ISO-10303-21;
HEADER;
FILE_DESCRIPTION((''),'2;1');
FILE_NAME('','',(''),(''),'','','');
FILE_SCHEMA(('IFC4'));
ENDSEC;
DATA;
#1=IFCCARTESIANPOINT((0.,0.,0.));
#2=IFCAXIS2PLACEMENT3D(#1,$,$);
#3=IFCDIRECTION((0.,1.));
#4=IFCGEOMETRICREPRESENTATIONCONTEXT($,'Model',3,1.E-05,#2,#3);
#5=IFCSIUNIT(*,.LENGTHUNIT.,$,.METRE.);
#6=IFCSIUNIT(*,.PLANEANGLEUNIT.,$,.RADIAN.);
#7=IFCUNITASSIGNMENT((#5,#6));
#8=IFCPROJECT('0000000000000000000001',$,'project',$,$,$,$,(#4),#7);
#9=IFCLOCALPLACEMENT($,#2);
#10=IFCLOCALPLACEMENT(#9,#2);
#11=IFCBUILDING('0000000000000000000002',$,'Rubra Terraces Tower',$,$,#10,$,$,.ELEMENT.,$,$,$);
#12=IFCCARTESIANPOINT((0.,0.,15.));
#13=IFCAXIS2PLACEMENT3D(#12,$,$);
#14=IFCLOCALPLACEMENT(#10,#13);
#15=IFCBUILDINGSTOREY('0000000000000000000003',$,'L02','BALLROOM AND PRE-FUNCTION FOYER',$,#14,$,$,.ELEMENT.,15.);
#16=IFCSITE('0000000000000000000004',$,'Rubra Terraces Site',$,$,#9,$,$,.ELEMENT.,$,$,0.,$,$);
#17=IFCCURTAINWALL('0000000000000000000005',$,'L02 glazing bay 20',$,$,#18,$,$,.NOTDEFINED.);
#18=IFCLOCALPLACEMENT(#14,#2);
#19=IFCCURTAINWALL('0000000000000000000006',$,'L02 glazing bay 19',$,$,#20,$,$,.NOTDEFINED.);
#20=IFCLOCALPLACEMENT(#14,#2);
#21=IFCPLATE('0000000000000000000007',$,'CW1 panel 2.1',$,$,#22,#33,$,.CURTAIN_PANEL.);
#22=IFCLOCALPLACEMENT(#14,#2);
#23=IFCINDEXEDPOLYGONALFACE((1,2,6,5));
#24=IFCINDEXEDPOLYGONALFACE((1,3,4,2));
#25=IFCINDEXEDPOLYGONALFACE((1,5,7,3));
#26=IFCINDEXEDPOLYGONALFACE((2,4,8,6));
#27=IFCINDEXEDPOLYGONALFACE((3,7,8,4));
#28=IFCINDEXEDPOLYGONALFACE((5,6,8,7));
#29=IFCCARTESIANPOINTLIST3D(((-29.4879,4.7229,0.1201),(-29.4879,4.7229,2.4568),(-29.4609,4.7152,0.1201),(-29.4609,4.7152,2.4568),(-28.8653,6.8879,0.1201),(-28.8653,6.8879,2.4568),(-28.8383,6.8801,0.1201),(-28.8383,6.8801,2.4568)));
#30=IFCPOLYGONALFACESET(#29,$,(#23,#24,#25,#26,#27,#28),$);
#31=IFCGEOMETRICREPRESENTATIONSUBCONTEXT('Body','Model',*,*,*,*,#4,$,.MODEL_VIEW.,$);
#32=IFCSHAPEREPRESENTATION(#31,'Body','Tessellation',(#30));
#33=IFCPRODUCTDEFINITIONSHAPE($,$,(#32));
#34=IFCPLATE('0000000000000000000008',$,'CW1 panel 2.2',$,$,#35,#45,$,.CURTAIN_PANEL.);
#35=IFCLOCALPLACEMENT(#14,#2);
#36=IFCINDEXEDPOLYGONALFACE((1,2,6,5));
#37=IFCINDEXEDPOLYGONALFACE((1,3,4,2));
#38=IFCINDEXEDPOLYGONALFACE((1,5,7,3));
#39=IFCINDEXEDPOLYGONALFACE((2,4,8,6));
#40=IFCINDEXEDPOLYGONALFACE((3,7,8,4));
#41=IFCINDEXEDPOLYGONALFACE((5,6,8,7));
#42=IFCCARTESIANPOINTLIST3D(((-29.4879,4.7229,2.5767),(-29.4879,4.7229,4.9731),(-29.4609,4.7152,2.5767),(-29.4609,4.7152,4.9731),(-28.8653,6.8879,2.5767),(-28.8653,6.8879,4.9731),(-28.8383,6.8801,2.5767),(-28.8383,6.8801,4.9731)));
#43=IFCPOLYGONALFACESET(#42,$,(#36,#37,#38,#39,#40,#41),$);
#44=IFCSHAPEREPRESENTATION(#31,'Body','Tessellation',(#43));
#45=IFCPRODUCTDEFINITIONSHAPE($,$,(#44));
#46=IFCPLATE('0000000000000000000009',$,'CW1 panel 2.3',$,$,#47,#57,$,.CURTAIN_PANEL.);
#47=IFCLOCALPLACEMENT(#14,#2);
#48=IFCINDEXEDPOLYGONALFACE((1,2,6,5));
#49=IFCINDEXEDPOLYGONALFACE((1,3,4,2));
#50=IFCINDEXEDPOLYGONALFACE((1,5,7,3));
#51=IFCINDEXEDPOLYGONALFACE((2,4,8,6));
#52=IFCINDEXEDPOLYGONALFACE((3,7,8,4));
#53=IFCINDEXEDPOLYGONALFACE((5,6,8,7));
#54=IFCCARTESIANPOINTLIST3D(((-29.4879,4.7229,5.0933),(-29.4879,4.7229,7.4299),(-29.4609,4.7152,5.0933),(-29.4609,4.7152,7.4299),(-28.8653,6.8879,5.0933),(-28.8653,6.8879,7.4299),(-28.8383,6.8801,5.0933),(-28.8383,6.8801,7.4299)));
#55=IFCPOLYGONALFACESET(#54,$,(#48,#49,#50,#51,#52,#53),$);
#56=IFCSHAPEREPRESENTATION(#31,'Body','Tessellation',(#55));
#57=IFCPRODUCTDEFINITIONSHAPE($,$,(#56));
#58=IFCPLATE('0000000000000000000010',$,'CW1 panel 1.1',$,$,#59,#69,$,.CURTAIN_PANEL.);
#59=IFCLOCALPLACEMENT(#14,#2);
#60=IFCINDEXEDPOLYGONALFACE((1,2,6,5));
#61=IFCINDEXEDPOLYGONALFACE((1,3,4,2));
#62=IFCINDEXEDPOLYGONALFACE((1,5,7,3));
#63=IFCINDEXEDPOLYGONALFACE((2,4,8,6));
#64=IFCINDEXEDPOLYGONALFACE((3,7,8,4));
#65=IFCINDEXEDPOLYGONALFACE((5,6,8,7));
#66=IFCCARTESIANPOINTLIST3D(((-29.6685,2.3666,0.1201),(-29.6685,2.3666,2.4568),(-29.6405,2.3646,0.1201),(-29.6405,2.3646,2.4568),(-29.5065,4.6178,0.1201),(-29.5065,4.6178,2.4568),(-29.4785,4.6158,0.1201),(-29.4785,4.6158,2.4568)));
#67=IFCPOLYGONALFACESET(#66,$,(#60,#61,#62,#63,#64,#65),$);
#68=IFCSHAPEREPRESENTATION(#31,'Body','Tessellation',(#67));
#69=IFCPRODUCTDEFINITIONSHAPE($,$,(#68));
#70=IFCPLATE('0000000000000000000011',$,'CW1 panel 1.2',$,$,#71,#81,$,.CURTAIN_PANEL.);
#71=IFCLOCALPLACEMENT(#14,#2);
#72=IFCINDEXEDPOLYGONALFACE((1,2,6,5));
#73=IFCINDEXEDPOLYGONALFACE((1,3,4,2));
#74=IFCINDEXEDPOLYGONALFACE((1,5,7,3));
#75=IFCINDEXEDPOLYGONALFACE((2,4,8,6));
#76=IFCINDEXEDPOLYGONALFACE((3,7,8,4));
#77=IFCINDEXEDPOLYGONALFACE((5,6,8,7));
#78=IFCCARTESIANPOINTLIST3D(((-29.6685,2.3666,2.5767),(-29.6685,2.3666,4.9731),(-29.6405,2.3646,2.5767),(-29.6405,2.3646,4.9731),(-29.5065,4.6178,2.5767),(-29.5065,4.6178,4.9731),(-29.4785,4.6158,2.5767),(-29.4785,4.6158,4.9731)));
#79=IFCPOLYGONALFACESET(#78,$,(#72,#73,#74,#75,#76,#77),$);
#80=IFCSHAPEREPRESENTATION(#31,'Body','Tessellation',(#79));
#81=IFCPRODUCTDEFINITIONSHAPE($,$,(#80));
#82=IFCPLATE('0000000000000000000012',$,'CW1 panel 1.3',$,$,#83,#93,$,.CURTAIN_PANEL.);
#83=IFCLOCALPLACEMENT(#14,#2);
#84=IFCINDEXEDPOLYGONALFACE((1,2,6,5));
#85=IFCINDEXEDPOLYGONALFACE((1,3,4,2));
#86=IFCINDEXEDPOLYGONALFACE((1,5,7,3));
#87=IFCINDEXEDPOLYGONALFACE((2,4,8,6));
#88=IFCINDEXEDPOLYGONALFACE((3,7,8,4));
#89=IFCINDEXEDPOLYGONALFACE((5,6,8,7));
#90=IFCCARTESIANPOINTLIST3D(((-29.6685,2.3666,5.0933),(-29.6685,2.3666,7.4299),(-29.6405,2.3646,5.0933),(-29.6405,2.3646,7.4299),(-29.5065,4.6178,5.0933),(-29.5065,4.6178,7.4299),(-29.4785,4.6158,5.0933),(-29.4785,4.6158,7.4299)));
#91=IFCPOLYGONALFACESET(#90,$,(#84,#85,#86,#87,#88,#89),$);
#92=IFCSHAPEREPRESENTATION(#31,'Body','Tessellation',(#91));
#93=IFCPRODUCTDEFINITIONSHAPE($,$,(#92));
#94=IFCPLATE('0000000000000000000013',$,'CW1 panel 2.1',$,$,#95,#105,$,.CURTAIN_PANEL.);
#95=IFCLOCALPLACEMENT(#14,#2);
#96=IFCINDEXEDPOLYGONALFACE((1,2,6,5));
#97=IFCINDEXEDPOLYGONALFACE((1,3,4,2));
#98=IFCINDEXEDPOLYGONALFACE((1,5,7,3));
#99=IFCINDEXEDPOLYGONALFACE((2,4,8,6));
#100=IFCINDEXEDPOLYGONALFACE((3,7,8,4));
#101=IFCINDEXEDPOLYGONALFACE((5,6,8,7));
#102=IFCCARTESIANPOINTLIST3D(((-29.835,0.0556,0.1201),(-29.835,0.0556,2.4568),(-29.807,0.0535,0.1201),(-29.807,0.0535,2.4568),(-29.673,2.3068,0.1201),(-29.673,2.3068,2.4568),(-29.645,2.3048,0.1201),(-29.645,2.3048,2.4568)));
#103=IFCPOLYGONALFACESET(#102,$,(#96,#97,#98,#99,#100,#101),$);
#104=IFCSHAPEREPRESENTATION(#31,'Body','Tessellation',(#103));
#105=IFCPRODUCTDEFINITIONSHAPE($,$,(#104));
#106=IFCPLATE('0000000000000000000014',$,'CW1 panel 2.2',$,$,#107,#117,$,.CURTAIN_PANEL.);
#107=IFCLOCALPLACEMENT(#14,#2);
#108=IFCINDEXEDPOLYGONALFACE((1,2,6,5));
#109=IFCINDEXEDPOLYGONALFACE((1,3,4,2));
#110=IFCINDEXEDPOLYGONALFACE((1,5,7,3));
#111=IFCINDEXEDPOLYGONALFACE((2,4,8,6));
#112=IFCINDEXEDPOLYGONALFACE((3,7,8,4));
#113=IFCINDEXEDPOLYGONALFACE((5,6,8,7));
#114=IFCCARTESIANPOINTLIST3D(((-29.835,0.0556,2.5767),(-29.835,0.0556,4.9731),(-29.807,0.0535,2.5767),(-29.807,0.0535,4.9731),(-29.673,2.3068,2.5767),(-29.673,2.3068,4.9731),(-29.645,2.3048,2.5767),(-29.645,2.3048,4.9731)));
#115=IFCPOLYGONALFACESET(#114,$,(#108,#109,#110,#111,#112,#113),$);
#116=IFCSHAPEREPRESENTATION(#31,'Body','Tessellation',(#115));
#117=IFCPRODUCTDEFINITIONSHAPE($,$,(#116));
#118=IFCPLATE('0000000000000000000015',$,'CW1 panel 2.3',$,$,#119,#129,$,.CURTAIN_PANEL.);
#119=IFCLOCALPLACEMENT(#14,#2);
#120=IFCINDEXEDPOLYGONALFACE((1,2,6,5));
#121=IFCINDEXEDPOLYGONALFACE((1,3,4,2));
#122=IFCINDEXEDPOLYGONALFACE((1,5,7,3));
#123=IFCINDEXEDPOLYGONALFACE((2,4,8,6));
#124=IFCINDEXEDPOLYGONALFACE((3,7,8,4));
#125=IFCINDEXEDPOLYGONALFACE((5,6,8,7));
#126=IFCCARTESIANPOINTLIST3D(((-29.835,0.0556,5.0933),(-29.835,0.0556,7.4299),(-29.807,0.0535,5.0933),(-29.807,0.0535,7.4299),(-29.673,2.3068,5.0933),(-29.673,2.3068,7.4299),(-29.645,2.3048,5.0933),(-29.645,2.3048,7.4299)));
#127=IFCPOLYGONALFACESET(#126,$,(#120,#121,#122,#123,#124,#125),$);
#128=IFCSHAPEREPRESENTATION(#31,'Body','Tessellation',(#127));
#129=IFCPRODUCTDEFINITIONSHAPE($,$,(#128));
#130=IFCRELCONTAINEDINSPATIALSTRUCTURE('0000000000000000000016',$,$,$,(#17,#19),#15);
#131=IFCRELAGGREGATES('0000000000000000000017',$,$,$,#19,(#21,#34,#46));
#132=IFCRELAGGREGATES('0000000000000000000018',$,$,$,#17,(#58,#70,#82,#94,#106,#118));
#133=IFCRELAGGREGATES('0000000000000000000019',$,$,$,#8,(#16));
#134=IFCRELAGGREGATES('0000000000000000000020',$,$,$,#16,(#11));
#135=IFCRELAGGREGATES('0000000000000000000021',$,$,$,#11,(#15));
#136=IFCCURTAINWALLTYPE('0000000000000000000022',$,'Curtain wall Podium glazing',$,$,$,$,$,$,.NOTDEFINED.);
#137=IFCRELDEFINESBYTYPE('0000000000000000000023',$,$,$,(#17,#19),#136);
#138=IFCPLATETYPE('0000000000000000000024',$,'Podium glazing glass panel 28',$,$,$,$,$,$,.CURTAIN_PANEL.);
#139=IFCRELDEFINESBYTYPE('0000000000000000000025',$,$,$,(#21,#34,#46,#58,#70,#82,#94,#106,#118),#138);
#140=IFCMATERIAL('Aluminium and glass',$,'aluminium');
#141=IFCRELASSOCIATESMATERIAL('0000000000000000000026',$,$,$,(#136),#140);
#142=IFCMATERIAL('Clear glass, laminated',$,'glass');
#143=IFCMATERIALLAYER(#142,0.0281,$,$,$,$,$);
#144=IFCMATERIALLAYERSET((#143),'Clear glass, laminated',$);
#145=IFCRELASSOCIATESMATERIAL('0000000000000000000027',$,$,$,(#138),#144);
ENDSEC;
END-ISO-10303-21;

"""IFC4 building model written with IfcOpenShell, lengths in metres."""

from ifc_helpers import new_model, si_unit, direction, frame, origin, origin_2d, place, context, subcontext, project, spatial, rectangle, extrude, material, layer, layer_set, type_object, element, aggregate, save


model = new_model("IFC4")

# Units and contexts
model_context = context("Model", 3, precision=1e-05, world=origin(), true_north=direction((0.0, 1.0)))
body_context = subcontext(model_context, "Body", "Model", "MODEL_VIEW")
ifc_project = project(units=[si_unit("LENGTHUNIT", "METRE"), si_unit("PLANEANGLEUNIT", "RADIAN")], contexts=[model_context])

# Site, building, storey
site_placement = place(None, origin())
site = spatial("IfcSite", under=ifc_project, at=site_placement, Name="Rubra Terraces Site", CompositionType="ELEMENT", RefElevation=0.0)
building_placement = place(site_placement, origin())
building = spatial("IfcBuilding", under=site, at=building_placement, Name="Rubra Terraces Tower", CompositionType="ELEMENT")
storey_placement = place(building_placement, frame((0.0, 0.0, 15.0)))
storey = spatial("IfcBuildingStorey", under=building, at=storey_placement, Name="L02", Description="BALLROOM AND PRE-FUNCTION FOYER", CompositionType="ELEMENT", Elevation=15.0)

# Curtain wall
ifc_material_1 = material(Name="Aluminium and glass", Category="aluminium")
curtain_wall_type = type_object("IfcCurtainWallType", Name="Curtain wall Podium glazing", PredefinedType="NOTDEFINED", material=ifc_material_1)
curtain_wall_1_placement = place(storey_placement, origin())
curtain_wall_1 = element("IfcCurtainWall", 1, at=curtain_wall_1_placement, inside=storey, type_object=curtain_wall_type, Name="L02 glazing bay 20", PredefinedType="NOTDEFINED")

# Curtain wall
curtain_wall_2_placement = place(storey_placement, origin())
curtain_wall_2 = element("IfcCurtainWall", 2, at=curtain_wall_2_placement, inside=storey, type_object=curtain_wall_type, Name="L02 glazing bay 19", PredefinedType="NOTDEFINED")

# Plates
ifc_material_2 = material(Name="Clear glass, laminated", Category="glass")
ifc_layer = layer(ifc_material_2, 0.0281)
ifc_layer_set = layer_set([ifc_layer], Name="Clear glass, laminated")
plate_type = type_object("IfcPlateType", Name="Podium glazing glass panel 28", PredefinedType="CURTAIN_PANEL", material=ifc_layer_set)
plate_1_placement = place(storey_placement, frame((-29.1631, 5.8015, 0.1201), z_axis=(0.0, 0.0, 1.0), x_axis=(-0.276384, -0.961047, 0.0)))
plate_1 = element("IfcPlate", 3, at=plate_1_placement, type_object=plate_type, Name="CW1 panel 2.1", PredefinedType="CURTAIN_PANEL", context=body_context, shape_type="SweptSolid", body=[
    extrude(rectangle(XDim=2.2527, YDim=0.0281, at=origin_2d()), origin(), (0.0, 0.0, 1.0), 2.3367),
])
plate_2_placement = place(storey_placement, frame((-29.1631, 5.8015, 2.5767), z_axis=(0.0, 0.0, 1.0), x_axis=(-0.276384, -0.961047, 0.0)))
plate_2 = element("IfcPlate", 4, at=plate_2_placement, type_object=plate_type, Name="CW1 panel 2.2", PredefinedType="CURTAIN_PANEL", context=body_context, shape_type="SweptSolid", body=[
    extrude(rectangle(XDim=2.2527, YDim=0.0281, at=origin_2d()), origin(), (0.0, 0.0, 1.0), 2.3965),
])
plate_3_placement = place(storey_placement, frame((-29.1631, 5.8015, 5.0933), z_axis=(0.0, 0.0, 1.0), x_axis=(-0.276384, -0.961047, 0.0)))
plate_3 = element("IfcPlate", 5, at=plate_3_placement, type_object=plate_type, Name="CW1 panel 2.3", PredefinedType="CURTAIN_PANEL", context=body_context, shape_type="SweptSolid", body=[
    extrude(rectangle(XDim=2.2527, YDim=0.0281, at=origin_2d()), origin(), (0.0, 0.0, 1.0), 2.3367),
])
aggregate(curtain_wall_2, [plate_1, plate_2, plate_3])
plate_4_placement = place(storey_placement, frame((-29.5735, 3.4912, 0.1201), z_axis=(0.0, 0.0, 1.0), x_axis=(-0.071792, -0.99742, 0.0)))
plate_4 = element("IfcPlate", 6, at=plate_4_placement, type_object=plate_type, Name="CW1 panel 1.1", PredefinedType="CURTAIN_PANEL", context=body_context, shape_type="SweptSolid", body=[
    extrude(rectangle(XDim=2.2571, YDim=0.0281, at=origin_2d()), origin(), (0.0, 0.0, 1.0), 2.3367),
])
plate_5_placement = place(storey_placement, frame((-29.5735, 3.4912, 2.5767), z_axis=(0.0, 0.0, 1.0), x_axis=(-0.071792, -0.99742, 0.0)))
plate_5 = element("IfcPlate", 7, at=plate_5_placement, type_object=plate_type, Name="CW1 panel 1.2", PredefinedType="CURTAIN_PANEL", context=body_context, shape_type="SweptSolid", body=[
    extrude(rectangle(XDim=2.2571, YDim=0.0281, at=origin_2d()), origin(), (0.0, 0.0, 1.0), 2.3965),
])
plate_6_placement = place(storey_placement, frame((-29.5735, 3.4912, 5.0933), z_axis=(0.0, 0.0, 1.0), x_axis=(-0.071792, -0.99742, 0.0)))
plate_6 = element("IfcPlate", 8, at=plate_6_placement, type_object=plate_type, Name="CW1 panel 1.3", PredefinedType="CURTAIN_PANEL", context=body_context, shape_type="SweptSolid", body=[
    extrude(rectangle(XDim=2.2571, YDim=0.0281, at=origin_2d()), origin(), (0.0, 0.0, 1.0), 2.3367),
])
plate_7_placement = place(storey_placement, frame((-29.74, 1.1802, 0.1201), z_axis=(0.0, 0.0, 1.0), x_axis=(-0.071792, -0.99742, 0.0)))
plate_7 = element("IfcPlate", 9, at=plate_7_placement, type_object=plate_type, Name="CW1 panel 2.1", PredefinedType="CURTAIN_PANEL", context=body_context, shape_type="SweptSolid", body=[
    extrude(rectangle(XDim=2.2571, YDim=0.0281, at=origin_2d()), origin(), (0.0, 0.0, 1.0), 2.3367),
])
plate_8_placement = place(storey_placement, frame((-29.74, 1.1802, 2.5767), z_axis=(0.0, 0.0, 1.0), x_axis=(-0.071792, -0.99742, 0.0)))
plate_8 = element("IfcPlate", 10, at=plate_8_placement, type_object=plate_type, Name="CW1 panel 2.2", PredefinedType="CURTAIN_PANEL", context=body_context, shape_type="SweptSolid", body=[
    extrude(rectangle(XDim=2.2571, YDim=0.0281, at=origin_2d()), origin(), (0.0, 0.0, 1.0), 2.3965),
])
plate_9_placement = place(storey_placement, frame((-29.74, 1.1802, 5.0933), z_axis=(0.0, 0.0, 1.0), x_axis=(-0.071792, -0.99742, 0.0)))
plate_9 = element("IfcPlate", 11, at=plate_9_placement, type_object=plate_type, Name="CW1 panel 2.3", PredefinedType="CURTAIN_PANEL", context=body_context, shape_type="SweptSolid", body=[
    extrude(rectangle(XDim=2.2571, YDim=0.0281, at=origin_2d()), origin(), (0.0, 0.0, 1.0), 2.3367),
])
aggregate(curtain_wall_1, [plate_4, plate_5, plate_6, plate_7, plate_8, plate_9])

save(model, "model.ifc")
